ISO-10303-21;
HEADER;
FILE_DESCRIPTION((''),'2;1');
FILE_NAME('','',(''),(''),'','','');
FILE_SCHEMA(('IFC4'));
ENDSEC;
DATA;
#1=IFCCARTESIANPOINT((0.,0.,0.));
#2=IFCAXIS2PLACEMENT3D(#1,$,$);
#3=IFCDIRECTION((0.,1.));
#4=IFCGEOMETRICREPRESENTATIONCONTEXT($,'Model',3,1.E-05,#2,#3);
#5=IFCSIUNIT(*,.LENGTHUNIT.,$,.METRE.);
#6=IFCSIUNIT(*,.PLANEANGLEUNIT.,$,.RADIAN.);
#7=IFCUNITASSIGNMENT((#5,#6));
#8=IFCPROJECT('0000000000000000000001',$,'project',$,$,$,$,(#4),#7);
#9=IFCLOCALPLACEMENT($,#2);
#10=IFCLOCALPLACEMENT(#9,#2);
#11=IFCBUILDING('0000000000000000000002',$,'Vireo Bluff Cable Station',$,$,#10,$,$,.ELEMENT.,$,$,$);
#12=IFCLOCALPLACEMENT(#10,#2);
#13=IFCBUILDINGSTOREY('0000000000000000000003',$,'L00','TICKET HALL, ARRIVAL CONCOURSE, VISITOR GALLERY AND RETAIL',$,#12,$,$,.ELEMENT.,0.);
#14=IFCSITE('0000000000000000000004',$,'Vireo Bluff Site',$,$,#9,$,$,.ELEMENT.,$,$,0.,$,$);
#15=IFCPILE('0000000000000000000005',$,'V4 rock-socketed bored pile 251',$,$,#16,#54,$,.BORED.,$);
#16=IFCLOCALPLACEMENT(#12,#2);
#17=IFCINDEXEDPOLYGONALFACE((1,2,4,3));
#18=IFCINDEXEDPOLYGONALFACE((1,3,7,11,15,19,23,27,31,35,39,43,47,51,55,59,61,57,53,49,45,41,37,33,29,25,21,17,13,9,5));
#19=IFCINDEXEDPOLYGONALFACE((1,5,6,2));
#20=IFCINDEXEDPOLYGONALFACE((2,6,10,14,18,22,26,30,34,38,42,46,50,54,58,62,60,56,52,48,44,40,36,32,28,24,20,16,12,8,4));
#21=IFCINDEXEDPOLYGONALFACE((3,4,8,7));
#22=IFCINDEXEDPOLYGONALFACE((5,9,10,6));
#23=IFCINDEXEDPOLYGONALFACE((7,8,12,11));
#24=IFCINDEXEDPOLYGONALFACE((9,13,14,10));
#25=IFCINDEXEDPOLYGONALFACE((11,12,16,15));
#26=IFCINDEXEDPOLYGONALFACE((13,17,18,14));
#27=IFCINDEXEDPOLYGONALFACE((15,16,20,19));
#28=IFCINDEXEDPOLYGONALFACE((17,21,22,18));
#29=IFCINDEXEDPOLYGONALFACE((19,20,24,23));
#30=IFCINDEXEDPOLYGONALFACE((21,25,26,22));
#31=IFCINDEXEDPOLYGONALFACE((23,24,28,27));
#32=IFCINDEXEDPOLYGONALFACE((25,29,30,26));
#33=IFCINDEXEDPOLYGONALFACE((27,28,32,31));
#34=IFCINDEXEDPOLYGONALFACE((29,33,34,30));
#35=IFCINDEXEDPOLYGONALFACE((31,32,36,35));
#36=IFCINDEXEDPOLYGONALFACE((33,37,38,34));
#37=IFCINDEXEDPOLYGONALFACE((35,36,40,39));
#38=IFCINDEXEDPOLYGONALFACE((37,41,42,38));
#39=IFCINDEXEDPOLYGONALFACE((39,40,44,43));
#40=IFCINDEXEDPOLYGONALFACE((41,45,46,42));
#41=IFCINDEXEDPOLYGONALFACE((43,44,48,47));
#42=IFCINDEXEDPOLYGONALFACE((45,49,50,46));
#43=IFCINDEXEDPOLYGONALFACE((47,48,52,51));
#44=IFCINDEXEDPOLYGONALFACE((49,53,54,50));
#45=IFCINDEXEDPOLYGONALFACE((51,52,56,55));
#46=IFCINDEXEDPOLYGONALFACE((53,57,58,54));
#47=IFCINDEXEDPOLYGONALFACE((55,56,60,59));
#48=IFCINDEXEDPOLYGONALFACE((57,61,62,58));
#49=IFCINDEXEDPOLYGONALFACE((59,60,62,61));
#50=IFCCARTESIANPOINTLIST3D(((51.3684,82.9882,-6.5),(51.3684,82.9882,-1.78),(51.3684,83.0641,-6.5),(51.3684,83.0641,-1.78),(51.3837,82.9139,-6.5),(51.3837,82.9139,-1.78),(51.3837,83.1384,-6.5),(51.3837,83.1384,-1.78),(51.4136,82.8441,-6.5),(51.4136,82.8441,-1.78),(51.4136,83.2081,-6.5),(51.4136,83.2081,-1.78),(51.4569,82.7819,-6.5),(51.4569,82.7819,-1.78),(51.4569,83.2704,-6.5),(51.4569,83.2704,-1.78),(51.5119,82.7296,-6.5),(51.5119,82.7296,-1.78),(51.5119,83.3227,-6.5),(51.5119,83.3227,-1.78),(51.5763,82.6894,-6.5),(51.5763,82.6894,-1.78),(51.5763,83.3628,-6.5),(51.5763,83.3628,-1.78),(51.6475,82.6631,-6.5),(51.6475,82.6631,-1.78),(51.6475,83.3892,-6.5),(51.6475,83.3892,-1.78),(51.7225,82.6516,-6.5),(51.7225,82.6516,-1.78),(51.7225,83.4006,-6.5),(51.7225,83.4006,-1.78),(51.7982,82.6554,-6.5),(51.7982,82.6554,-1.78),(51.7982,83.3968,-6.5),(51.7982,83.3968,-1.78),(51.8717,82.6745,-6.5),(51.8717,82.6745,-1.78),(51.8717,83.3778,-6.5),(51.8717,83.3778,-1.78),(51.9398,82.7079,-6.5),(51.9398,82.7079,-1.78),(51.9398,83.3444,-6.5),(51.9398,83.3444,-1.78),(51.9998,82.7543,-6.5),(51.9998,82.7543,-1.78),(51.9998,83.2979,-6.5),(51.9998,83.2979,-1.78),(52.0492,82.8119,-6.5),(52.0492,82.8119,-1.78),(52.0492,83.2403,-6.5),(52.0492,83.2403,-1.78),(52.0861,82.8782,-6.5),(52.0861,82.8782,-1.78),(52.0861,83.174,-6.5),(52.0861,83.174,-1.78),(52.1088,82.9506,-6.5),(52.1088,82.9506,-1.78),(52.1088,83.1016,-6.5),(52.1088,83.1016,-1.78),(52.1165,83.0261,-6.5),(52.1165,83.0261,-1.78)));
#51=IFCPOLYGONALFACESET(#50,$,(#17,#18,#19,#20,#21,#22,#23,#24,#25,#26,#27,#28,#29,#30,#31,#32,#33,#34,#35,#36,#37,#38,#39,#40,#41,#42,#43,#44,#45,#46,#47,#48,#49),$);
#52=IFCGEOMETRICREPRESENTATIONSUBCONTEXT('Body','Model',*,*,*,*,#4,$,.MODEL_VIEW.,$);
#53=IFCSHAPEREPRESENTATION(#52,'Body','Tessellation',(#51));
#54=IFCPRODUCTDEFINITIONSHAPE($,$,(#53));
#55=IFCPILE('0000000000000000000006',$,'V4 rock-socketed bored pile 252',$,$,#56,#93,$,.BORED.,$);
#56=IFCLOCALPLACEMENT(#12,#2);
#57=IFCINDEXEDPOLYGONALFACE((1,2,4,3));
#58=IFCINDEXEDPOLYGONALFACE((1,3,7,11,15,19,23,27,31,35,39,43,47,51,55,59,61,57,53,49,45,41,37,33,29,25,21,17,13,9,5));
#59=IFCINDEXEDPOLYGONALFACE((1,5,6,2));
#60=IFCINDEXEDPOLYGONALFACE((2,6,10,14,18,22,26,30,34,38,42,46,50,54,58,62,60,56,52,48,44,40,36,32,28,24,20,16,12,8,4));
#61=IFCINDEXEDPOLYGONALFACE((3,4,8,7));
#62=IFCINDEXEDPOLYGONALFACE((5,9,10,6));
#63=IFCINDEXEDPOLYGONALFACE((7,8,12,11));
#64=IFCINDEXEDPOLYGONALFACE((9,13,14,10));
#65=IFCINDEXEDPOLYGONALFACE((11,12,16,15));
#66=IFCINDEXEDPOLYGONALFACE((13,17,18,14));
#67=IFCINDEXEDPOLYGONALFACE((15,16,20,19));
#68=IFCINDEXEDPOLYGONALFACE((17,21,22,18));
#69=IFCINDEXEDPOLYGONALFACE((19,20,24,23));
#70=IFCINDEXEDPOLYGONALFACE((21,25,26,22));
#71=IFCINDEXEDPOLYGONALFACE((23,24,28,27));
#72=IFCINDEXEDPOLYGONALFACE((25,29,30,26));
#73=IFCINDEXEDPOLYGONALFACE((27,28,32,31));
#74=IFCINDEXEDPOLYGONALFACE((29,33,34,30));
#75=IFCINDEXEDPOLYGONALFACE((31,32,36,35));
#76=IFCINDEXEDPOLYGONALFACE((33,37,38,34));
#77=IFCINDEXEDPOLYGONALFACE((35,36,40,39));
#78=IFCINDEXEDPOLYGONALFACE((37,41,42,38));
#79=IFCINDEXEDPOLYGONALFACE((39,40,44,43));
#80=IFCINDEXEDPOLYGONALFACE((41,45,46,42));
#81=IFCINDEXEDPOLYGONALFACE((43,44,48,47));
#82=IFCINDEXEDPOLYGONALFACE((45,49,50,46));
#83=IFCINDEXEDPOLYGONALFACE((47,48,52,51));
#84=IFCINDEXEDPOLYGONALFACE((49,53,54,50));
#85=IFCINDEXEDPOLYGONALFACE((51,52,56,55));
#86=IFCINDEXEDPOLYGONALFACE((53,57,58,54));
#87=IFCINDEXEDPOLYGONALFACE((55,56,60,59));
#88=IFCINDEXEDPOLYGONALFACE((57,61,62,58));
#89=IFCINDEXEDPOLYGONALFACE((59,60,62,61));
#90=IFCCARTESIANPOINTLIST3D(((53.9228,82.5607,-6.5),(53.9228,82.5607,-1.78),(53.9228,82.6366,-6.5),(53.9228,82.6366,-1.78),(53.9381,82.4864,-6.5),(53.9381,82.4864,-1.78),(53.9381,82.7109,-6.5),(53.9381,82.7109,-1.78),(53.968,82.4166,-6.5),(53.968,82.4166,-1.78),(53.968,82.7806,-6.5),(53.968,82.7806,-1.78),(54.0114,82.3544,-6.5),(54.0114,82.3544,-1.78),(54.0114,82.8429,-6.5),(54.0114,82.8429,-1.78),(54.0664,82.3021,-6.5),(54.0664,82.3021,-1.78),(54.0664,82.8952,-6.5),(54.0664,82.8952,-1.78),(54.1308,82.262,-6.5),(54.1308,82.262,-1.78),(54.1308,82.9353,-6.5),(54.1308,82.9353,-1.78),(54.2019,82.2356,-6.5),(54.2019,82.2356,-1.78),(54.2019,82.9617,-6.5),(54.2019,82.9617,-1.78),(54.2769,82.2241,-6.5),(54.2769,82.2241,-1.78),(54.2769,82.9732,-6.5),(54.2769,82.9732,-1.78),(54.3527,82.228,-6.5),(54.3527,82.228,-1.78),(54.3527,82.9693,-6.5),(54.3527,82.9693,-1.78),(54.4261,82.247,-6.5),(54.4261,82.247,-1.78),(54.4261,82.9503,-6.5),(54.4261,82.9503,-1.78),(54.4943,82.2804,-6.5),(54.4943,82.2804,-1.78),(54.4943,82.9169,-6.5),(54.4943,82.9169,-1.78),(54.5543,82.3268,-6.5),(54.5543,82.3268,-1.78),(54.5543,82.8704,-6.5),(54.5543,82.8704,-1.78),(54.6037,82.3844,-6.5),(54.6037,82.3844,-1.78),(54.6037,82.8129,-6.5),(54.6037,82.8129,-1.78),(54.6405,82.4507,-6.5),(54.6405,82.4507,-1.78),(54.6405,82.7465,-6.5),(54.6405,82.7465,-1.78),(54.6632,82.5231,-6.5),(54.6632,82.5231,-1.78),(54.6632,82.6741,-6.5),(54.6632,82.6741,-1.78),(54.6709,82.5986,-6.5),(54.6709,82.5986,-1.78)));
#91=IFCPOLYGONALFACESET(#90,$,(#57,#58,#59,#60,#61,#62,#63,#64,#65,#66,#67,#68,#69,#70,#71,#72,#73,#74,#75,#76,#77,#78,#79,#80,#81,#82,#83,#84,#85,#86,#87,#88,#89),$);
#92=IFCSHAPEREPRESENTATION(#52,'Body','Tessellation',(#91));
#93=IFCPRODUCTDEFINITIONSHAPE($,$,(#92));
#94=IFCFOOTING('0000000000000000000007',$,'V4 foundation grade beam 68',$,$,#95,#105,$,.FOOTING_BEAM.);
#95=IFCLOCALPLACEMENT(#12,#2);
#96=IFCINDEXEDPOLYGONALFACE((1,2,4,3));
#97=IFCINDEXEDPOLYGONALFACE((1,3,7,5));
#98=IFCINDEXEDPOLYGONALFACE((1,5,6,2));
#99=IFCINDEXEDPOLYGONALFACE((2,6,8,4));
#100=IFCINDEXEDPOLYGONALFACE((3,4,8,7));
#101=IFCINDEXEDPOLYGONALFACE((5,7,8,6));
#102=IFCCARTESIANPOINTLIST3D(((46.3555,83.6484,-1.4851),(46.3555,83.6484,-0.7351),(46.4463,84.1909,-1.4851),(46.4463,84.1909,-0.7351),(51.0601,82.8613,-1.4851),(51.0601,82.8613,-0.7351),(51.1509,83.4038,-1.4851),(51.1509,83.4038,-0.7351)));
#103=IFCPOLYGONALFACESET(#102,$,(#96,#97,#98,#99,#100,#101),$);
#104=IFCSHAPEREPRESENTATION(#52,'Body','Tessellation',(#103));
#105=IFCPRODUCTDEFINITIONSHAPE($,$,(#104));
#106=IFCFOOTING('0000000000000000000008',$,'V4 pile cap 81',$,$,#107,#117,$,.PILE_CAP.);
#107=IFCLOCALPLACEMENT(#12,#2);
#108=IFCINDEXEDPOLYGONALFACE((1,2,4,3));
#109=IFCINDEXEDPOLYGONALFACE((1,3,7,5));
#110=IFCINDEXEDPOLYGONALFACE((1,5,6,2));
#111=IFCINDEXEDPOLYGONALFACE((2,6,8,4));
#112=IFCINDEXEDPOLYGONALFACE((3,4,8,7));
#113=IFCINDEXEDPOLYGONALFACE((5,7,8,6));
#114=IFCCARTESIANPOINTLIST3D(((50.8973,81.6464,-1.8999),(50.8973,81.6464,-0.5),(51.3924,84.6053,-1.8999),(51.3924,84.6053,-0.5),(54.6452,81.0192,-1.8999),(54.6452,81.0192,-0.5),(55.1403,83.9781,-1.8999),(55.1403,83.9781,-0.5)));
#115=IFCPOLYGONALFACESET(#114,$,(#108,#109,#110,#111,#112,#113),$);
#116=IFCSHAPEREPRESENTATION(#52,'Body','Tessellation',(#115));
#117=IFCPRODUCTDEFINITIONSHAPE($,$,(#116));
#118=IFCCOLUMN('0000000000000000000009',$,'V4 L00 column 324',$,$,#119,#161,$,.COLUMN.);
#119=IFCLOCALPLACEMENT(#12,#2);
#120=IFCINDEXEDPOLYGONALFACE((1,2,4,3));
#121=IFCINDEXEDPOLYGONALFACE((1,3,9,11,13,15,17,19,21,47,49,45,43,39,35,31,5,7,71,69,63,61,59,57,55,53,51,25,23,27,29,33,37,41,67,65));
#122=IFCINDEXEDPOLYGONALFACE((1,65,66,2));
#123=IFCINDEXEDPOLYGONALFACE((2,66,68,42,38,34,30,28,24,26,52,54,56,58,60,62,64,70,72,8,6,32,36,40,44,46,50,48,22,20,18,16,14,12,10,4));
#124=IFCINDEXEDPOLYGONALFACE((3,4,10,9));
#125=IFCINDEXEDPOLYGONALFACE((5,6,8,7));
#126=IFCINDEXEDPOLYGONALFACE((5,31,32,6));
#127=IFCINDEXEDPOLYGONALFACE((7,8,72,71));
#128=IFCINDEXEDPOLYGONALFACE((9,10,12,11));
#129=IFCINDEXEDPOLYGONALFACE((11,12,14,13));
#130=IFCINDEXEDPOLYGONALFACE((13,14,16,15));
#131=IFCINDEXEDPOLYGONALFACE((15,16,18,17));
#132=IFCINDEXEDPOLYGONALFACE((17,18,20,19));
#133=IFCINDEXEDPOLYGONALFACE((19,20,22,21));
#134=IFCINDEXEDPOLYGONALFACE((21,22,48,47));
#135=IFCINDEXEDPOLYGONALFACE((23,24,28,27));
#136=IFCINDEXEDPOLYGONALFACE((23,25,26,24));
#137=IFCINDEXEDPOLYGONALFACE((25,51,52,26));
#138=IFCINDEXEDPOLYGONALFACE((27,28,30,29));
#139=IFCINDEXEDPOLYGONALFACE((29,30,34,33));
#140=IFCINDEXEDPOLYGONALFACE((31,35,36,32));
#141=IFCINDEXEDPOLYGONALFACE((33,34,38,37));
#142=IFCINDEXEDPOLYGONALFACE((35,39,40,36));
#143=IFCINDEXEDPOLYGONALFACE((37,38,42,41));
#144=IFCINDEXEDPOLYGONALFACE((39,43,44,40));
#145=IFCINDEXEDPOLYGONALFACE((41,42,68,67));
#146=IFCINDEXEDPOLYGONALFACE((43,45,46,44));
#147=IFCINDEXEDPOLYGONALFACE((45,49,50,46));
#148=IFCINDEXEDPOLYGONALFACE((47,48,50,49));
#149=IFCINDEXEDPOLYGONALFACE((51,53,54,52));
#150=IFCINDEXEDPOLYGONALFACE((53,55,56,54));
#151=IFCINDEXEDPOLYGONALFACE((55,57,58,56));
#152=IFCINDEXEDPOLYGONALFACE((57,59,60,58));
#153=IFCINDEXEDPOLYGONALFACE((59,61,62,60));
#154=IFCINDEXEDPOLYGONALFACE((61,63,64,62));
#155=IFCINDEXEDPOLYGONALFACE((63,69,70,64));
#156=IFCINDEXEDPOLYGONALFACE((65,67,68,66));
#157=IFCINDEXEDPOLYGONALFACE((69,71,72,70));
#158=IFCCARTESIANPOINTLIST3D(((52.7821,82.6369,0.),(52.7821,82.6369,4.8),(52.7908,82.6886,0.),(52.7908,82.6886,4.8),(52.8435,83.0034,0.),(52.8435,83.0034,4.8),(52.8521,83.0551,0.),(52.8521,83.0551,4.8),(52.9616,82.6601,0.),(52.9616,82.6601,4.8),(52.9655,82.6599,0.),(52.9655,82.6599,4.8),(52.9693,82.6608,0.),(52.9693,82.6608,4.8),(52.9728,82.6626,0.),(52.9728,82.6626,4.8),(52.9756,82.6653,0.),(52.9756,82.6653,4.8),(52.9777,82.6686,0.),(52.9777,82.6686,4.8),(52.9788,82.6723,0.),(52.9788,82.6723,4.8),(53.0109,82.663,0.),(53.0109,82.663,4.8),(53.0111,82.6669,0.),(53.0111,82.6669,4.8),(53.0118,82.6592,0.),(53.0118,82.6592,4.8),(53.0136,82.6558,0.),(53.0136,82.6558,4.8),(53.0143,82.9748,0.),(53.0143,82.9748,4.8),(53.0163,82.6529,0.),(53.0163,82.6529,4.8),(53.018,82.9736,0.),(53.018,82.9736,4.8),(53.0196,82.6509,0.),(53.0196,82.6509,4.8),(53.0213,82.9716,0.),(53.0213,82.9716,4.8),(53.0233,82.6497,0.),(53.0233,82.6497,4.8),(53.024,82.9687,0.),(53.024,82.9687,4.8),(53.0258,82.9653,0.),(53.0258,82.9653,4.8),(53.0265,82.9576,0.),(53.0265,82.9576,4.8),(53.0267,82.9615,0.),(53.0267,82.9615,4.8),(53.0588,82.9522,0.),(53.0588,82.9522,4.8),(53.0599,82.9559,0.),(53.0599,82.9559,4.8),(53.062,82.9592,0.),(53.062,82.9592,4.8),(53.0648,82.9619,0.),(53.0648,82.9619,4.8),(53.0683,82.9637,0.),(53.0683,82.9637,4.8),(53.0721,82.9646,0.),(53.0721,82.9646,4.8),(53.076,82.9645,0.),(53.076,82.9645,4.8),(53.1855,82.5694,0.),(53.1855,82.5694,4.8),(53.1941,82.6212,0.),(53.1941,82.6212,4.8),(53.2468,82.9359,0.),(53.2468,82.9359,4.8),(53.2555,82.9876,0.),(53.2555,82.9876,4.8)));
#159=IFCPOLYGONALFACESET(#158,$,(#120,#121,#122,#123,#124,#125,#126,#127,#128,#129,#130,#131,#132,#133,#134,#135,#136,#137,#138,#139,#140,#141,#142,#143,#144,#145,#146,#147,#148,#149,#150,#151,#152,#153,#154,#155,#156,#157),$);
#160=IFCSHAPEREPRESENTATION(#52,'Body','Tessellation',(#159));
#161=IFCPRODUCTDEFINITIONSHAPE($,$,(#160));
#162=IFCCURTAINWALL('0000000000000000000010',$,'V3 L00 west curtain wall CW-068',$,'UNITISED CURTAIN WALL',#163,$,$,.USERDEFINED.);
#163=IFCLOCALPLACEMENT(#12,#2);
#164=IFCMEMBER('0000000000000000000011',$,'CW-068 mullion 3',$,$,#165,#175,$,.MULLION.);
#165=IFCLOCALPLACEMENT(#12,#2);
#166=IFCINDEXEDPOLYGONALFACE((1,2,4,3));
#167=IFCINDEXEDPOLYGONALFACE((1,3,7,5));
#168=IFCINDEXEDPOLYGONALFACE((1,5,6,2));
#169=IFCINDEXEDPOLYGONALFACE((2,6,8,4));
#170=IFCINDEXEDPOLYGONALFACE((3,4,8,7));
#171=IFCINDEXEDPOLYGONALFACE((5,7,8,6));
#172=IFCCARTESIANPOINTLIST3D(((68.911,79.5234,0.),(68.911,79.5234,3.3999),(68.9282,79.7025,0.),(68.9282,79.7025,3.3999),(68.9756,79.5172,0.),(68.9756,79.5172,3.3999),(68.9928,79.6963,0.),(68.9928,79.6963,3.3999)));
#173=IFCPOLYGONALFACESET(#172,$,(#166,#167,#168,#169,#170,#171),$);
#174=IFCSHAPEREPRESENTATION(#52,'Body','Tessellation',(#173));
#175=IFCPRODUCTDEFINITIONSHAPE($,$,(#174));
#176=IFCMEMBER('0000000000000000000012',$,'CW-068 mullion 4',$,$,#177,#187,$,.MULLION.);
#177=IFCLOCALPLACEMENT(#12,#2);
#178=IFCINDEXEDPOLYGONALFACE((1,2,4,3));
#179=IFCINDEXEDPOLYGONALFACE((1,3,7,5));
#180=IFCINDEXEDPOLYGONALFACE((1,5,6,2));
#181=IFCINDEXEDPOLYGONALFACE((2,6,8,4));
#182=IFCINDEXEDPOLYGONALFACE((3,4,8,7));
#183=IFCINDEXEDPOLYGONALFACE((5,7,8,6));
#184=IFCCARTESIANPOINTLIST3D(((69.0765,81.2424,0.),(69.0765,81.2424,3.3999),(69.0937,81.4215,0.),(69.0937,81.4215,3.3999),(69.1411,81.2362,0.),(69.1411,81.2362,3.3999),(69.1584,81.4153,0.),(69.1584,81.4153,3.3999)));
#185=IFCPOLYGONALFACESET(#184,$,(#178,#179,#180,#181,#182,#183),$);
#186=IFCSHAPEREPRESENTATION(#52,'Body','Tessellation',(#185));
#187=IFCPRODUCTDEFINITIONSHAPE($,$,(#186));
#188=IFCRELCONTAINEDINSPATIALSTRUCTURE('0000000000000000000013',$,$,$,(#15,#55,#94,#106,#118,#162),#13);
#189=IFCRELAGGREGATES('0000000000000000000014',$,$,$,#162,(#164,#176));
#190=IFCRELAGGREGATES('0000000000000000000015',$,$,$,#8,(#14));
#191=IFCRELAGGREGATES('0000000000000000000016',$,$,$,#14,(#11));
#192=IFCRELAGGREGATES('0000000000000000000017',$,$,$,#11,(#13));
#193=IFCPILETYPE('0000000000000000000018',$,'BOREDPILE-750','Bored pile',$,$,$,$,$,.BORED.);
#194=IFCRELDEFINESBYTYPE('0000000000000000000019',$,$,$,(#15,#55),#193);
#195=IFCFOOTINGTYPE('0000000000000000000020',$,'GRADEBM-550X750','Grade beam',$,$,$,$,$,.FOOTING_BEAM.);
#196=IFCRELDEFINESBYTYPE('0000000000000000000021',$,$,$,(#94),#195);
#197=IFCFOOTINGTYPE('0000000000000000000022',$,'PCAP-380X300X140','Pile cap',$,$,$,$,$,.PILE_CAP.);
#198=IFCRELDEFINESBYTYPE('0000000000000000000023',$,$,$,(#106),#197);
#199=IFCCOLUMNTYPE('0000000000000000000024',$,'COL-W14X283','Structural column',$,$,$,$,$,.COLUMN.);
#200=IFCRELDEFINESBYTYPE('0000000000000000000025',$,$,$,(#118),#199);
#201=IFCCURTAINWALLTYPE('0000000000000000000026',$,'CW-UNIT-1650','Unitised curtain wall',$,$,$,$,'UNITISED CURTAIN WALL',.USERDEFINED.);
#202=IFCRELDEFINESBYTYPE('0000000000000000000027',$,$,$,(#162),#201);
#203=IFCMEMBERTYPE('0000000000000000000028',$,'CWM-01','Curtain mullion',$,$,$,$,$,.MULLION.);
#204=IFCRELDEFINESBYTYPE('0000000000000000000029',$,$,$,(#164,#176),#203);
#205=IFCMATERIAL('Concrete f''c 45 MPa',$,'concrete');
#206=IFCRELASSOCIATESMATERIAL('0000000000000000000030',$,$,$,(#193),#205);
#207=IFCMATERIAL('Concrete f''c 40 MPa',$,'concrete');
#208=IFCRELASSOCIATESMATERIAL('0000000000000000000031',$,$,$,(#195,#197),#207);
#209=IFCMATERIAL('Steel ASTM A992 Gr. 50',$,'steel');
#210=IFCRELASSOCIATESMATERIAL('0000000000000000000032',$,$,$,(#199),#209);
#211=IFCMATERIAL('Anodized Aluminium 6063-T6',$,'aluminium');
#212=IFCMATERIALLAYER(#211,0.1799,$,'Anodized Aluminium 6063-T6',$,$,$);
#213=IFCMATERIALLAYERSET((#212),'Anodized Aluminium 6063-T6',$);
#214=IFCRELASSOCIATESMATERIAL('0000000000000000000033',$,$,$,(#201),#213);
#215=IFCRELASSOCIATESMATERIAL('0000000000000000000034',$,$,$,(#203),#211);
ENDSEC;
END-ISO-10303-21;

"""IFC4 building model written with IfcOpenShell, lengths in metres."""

from ifc_helpers import new_model, si_unit, direction, frame, origin, origin_2d, place, context, subcontext, project, spatial, rectangle, circle, i_section, extrude, material, layer, layer_set, material_profile, profile_set, type_object, element, aggregate, save


model = new_model("IFC4")

# Units and contexts
model_context = context("Model", 3, precision=1e-05, world=origin(), true_north=direction((0.0, 1.0)))
body_context = subcontext(model_context, "Body", "Model", "MODEL_VIEW")
ifc_project = project(units=[si_unit("LENGTHUNIT", "METRE"), si_unit("PLANEANGLEUNIT", "RADIAN")], contexts=[model_context])

# Site, building, storey
site_placement = place(None, origin())
site = spatial("IfcSite", under=ifc_project, at=site_placement, Name="Vireo Bluff Site", CompositionType="ELEMENT", RefElevation=0.0)
building_placement = place(site_placement, origin())
building = spatial("IfcBuilding", under=site, at=building_placement, Name="Vireo Bluff Cable Station", CompositionType="ELEMENT")
storey_placement = place(building_placement, origin())
storey = spatial("IfcBuildingStorey", under=building, at=storey_placement, Name="L00", Description="TICKET HALL, ARRIVAL CONCOURSE, VISITOR GALLERY AND RETAIL", CompositionType="ELEMENT", Elevation=0.0)

# Piles
ifc_material_1 = material(Name="Concrete f'c 45 MPa", Category="concrete")
ifc_material_profile_1 = material_profile(ifc_material_1, circle(Radius=0.375, at=origin_2d()), Name="BOREDPILE-750")
ifc_profile_set_1 = profile_set([ifc_material_profile_1], Name="Concrete f'c 45 MPa")
pile_type = type_object("IfcPileType", Name="BOREDPILE-750", Description="Bored pile", PredefinedType="BORED", material=ifc_profile_set_1)
for number, where, z_axis, x_axis, name in (
    (1, (51.7415, 83.0261, -1.78), (0.0, 0.0, -1.0), (1.0, 0.0, 0.0), "V4 rock-socketed bored pile 251"),
    (2, (54.2959, 82.5986, -1.78), (0.0, 0.0, -1.0), (1.0, 0.0, 0.0), "V4 rock-socketed bored pile 252"),
):
    element("IfcPile", number, at=place(storey_placement, frame(where, z_axis=z_axis, x_axis=x_axis)), inside=storey, type_object=pile_type, Name=name, PredefinedType="BORED", context=body_context, shape_type="SweptSolid", body=[
        extrude(circle(Radius=0.375, at=origin_2d()), origin(), (0.0, 0.0, 1.0), 4.72),
    ])

# Footings
ifc_material_2 = material(Name="Concrete f'c 40 MPa", Category="concrete")
ifc_material_profile_2 = material_profile(ifc_material_2, rectangle(XDim=0.55, YDim=0.75, at=origin_2d()), Name="GRADEBM-550X750")
ifc_profile_set_2 = profile_set([ifc_material_profile_2], Name="Concrete f'c 40 MPa")
footing_type_1 = type_object("IfcFootingType", Name="GRADEBM-550X750", Description="Grade beam", PredefinedType="FOOTING_BEAM", material=ifc_profile_set_2)
footing_1_placement = place(storey_placement, frame((46.4009, 83.9197, -1.1101), z_axis=(0.986291, -0.165013, 0.0), x_axis=(0.165013, 0.986291, 0.0)))
element("IfcFooting", 3, at=footing_1_placement, inside=storey, type_object=footing_type_1, Name="V4 foundation grade beam 68", PredefinedType="FOOTING_BEAM", context=body_context, shape_type="SweptSolid", body=[
    extrude(rectangle(XDim=0.55, YDim=0.75, at=origin_2d()), origin(), (0.0, 0.0, 1.0), 4.77),
])
footing_type_2 = type_object("IfcFootingType", Name="PCAP-380X300X140", Description="Pile cap", PredefinedType="PILE_CAP", material=ifc_material_2)
footing_2_placement = place(storey_placement, frame((53.0188, 82.8123, -1.8999), z_axis=(0.0, 0.0, 1.0), x_axis=(0.986286, -0.165048, 0.0)))
element("IfcFooting", 4, at=footing_2_placement, inside=storey, type_object=footing_type_2, Name="V4 pile cap 81", PredefinedType="PILE_CAP", context=body_context, shape_type="SweptSolid", body=[
    extrude(rectangle(XDim=3.8, YDim=3.0, at=origin_2d()), origin(), (0.0, 0.0, 1.0), 1.3999),
])

# Column
ifc_material_3 = material(Name="Steel ASTM A992 Gr. 50", Category="steel")
ifc_material_profile_3 = material_profile(ifc_material_3, i_section(OverallWidth=0.4089, OverallDepth=0.4241, WebThickness=0.0327, FlangeThickness=0.0525, FilletRadius=0.0149, at=origin_2d()), Name="W14X283")
ifc_profile_set_3 = profile_set([ifc_material_profile_3], Name="Steel ASTM A992 Gr. 50")
column_type = type_object("IfcColumnType", Name="COL-W14X283", Description="Structural column", PredefinedType="COLUMN", material=ifc_profile_set_3)
column_placement = place(storey_placement, frame((53.0188, 82.8123, 0.0), z_axis=(0.0, 0.0, 1.0), x_axis=(0.986286, -0.165048, 0.0)))
element("IfcColumn", 5, at=column_placement, inside=storey, type_object=column_type, Name="V4 L00 column 324", PredefinedType="COLUMN", context=body_context, shape_type="SweptSolid", body=[
    extrude(i_section(OverallWidth=0.4089, OverallDepth=0.4241, WebThickness=0.0327, FlangeThickness=0.0525, FilletRadius=0.0149, at=origin_2d()), origin(), (0.0, 0.0, 1.0), 4.8),
])

# Curtain wall, members
ifc_material_4 = material(Name="Anodized Aluminium 6063-T6", Category="aluminium")
ifc_layer_1 = layer(ifc_material_4, 0.1799, Name="Anodized Aluminium 6063-T6")
ifc_layer_set_1 = layer_set([ifc_layer_1], Name="Anodized Aluminium 6063-T6")
curtain_wall_type = type_object("IfcCurtainWallType", Name="CW-UNIT-1650", Description="Unitised curtain wall", ElementType="UNITISED CURTAIN WALL", PredefinedType="USERDEFINED", material=ifc_layer_set_1)
curtain_wall_placement = place(storey_placement, origin())
curtain_wall = element("IfcCurtainWall", 6, at=curtain_wall_placement, inside=storey, type_object=curtain_wall_type, Name="V3 L00 west curtain wall CW-068", ObjectType="UNITISED CURTAIN WALL", PredefinedType="USERDEFINED")
ifc_material_profile_4 = material_profile(ifc_material_4, rectangle(XDim=0.0649, YDim=0.1799, at=origin_2d()), Name="ALU-M-65X180")
ifc_profile_set_4 = profile_set([ifc_material_profile_4], Name="Anodized Aluminium 6063-T6")
member_type_1 = type_object("IfcMemberType", Name="CWM-01", Description="Curtain mullion", PredefinedType="MULLION", material=ifc_profile_set_4)
member_1_placement = place(storey_placement, frame((68.9519, 79.6099, 0.0), z_axis=(0.0, 0.0, 1.0), x_axis=(-0.995396, 0.095846, 0.0)))
member_1 = element("IfcMember", 7, at=member_1_placement, type_object=member_type_1, Name="CW-068 mullion 3", PredefinedType="MULLION", context=body_context, shape_type="SweptSolid", body=[
    extrude(rectangle(XDim=0.0649, YDim=0.1799, at=origin_2d()), origin(), (0.0, 0.0, 1.0), 3.3999),
])
member_2_placement = place(storey_placement, frame((69.1174, 81.3289, 0.0), z_axis=(0.0, 0.0, 1.0), x_axis=(-0.995396, 0.095846, 0.0)))
member_2 = element("IfcMember", 8, at=member_2_placement, type_object=member_type_1, Name="CW-068 mullion 4", PredefinedType="MULLION", context=body_context, shape_type="SweptSolid", body=[
    extrude(rectangle(XDim=0.0649, YDim=0.1799, at=origin_2d()), origin(), (0.0, 0.0, 1.0), 3.3999),
])

aggregate(curtain_wall, [member_1, member_2])

save(model, "model.ifc")
